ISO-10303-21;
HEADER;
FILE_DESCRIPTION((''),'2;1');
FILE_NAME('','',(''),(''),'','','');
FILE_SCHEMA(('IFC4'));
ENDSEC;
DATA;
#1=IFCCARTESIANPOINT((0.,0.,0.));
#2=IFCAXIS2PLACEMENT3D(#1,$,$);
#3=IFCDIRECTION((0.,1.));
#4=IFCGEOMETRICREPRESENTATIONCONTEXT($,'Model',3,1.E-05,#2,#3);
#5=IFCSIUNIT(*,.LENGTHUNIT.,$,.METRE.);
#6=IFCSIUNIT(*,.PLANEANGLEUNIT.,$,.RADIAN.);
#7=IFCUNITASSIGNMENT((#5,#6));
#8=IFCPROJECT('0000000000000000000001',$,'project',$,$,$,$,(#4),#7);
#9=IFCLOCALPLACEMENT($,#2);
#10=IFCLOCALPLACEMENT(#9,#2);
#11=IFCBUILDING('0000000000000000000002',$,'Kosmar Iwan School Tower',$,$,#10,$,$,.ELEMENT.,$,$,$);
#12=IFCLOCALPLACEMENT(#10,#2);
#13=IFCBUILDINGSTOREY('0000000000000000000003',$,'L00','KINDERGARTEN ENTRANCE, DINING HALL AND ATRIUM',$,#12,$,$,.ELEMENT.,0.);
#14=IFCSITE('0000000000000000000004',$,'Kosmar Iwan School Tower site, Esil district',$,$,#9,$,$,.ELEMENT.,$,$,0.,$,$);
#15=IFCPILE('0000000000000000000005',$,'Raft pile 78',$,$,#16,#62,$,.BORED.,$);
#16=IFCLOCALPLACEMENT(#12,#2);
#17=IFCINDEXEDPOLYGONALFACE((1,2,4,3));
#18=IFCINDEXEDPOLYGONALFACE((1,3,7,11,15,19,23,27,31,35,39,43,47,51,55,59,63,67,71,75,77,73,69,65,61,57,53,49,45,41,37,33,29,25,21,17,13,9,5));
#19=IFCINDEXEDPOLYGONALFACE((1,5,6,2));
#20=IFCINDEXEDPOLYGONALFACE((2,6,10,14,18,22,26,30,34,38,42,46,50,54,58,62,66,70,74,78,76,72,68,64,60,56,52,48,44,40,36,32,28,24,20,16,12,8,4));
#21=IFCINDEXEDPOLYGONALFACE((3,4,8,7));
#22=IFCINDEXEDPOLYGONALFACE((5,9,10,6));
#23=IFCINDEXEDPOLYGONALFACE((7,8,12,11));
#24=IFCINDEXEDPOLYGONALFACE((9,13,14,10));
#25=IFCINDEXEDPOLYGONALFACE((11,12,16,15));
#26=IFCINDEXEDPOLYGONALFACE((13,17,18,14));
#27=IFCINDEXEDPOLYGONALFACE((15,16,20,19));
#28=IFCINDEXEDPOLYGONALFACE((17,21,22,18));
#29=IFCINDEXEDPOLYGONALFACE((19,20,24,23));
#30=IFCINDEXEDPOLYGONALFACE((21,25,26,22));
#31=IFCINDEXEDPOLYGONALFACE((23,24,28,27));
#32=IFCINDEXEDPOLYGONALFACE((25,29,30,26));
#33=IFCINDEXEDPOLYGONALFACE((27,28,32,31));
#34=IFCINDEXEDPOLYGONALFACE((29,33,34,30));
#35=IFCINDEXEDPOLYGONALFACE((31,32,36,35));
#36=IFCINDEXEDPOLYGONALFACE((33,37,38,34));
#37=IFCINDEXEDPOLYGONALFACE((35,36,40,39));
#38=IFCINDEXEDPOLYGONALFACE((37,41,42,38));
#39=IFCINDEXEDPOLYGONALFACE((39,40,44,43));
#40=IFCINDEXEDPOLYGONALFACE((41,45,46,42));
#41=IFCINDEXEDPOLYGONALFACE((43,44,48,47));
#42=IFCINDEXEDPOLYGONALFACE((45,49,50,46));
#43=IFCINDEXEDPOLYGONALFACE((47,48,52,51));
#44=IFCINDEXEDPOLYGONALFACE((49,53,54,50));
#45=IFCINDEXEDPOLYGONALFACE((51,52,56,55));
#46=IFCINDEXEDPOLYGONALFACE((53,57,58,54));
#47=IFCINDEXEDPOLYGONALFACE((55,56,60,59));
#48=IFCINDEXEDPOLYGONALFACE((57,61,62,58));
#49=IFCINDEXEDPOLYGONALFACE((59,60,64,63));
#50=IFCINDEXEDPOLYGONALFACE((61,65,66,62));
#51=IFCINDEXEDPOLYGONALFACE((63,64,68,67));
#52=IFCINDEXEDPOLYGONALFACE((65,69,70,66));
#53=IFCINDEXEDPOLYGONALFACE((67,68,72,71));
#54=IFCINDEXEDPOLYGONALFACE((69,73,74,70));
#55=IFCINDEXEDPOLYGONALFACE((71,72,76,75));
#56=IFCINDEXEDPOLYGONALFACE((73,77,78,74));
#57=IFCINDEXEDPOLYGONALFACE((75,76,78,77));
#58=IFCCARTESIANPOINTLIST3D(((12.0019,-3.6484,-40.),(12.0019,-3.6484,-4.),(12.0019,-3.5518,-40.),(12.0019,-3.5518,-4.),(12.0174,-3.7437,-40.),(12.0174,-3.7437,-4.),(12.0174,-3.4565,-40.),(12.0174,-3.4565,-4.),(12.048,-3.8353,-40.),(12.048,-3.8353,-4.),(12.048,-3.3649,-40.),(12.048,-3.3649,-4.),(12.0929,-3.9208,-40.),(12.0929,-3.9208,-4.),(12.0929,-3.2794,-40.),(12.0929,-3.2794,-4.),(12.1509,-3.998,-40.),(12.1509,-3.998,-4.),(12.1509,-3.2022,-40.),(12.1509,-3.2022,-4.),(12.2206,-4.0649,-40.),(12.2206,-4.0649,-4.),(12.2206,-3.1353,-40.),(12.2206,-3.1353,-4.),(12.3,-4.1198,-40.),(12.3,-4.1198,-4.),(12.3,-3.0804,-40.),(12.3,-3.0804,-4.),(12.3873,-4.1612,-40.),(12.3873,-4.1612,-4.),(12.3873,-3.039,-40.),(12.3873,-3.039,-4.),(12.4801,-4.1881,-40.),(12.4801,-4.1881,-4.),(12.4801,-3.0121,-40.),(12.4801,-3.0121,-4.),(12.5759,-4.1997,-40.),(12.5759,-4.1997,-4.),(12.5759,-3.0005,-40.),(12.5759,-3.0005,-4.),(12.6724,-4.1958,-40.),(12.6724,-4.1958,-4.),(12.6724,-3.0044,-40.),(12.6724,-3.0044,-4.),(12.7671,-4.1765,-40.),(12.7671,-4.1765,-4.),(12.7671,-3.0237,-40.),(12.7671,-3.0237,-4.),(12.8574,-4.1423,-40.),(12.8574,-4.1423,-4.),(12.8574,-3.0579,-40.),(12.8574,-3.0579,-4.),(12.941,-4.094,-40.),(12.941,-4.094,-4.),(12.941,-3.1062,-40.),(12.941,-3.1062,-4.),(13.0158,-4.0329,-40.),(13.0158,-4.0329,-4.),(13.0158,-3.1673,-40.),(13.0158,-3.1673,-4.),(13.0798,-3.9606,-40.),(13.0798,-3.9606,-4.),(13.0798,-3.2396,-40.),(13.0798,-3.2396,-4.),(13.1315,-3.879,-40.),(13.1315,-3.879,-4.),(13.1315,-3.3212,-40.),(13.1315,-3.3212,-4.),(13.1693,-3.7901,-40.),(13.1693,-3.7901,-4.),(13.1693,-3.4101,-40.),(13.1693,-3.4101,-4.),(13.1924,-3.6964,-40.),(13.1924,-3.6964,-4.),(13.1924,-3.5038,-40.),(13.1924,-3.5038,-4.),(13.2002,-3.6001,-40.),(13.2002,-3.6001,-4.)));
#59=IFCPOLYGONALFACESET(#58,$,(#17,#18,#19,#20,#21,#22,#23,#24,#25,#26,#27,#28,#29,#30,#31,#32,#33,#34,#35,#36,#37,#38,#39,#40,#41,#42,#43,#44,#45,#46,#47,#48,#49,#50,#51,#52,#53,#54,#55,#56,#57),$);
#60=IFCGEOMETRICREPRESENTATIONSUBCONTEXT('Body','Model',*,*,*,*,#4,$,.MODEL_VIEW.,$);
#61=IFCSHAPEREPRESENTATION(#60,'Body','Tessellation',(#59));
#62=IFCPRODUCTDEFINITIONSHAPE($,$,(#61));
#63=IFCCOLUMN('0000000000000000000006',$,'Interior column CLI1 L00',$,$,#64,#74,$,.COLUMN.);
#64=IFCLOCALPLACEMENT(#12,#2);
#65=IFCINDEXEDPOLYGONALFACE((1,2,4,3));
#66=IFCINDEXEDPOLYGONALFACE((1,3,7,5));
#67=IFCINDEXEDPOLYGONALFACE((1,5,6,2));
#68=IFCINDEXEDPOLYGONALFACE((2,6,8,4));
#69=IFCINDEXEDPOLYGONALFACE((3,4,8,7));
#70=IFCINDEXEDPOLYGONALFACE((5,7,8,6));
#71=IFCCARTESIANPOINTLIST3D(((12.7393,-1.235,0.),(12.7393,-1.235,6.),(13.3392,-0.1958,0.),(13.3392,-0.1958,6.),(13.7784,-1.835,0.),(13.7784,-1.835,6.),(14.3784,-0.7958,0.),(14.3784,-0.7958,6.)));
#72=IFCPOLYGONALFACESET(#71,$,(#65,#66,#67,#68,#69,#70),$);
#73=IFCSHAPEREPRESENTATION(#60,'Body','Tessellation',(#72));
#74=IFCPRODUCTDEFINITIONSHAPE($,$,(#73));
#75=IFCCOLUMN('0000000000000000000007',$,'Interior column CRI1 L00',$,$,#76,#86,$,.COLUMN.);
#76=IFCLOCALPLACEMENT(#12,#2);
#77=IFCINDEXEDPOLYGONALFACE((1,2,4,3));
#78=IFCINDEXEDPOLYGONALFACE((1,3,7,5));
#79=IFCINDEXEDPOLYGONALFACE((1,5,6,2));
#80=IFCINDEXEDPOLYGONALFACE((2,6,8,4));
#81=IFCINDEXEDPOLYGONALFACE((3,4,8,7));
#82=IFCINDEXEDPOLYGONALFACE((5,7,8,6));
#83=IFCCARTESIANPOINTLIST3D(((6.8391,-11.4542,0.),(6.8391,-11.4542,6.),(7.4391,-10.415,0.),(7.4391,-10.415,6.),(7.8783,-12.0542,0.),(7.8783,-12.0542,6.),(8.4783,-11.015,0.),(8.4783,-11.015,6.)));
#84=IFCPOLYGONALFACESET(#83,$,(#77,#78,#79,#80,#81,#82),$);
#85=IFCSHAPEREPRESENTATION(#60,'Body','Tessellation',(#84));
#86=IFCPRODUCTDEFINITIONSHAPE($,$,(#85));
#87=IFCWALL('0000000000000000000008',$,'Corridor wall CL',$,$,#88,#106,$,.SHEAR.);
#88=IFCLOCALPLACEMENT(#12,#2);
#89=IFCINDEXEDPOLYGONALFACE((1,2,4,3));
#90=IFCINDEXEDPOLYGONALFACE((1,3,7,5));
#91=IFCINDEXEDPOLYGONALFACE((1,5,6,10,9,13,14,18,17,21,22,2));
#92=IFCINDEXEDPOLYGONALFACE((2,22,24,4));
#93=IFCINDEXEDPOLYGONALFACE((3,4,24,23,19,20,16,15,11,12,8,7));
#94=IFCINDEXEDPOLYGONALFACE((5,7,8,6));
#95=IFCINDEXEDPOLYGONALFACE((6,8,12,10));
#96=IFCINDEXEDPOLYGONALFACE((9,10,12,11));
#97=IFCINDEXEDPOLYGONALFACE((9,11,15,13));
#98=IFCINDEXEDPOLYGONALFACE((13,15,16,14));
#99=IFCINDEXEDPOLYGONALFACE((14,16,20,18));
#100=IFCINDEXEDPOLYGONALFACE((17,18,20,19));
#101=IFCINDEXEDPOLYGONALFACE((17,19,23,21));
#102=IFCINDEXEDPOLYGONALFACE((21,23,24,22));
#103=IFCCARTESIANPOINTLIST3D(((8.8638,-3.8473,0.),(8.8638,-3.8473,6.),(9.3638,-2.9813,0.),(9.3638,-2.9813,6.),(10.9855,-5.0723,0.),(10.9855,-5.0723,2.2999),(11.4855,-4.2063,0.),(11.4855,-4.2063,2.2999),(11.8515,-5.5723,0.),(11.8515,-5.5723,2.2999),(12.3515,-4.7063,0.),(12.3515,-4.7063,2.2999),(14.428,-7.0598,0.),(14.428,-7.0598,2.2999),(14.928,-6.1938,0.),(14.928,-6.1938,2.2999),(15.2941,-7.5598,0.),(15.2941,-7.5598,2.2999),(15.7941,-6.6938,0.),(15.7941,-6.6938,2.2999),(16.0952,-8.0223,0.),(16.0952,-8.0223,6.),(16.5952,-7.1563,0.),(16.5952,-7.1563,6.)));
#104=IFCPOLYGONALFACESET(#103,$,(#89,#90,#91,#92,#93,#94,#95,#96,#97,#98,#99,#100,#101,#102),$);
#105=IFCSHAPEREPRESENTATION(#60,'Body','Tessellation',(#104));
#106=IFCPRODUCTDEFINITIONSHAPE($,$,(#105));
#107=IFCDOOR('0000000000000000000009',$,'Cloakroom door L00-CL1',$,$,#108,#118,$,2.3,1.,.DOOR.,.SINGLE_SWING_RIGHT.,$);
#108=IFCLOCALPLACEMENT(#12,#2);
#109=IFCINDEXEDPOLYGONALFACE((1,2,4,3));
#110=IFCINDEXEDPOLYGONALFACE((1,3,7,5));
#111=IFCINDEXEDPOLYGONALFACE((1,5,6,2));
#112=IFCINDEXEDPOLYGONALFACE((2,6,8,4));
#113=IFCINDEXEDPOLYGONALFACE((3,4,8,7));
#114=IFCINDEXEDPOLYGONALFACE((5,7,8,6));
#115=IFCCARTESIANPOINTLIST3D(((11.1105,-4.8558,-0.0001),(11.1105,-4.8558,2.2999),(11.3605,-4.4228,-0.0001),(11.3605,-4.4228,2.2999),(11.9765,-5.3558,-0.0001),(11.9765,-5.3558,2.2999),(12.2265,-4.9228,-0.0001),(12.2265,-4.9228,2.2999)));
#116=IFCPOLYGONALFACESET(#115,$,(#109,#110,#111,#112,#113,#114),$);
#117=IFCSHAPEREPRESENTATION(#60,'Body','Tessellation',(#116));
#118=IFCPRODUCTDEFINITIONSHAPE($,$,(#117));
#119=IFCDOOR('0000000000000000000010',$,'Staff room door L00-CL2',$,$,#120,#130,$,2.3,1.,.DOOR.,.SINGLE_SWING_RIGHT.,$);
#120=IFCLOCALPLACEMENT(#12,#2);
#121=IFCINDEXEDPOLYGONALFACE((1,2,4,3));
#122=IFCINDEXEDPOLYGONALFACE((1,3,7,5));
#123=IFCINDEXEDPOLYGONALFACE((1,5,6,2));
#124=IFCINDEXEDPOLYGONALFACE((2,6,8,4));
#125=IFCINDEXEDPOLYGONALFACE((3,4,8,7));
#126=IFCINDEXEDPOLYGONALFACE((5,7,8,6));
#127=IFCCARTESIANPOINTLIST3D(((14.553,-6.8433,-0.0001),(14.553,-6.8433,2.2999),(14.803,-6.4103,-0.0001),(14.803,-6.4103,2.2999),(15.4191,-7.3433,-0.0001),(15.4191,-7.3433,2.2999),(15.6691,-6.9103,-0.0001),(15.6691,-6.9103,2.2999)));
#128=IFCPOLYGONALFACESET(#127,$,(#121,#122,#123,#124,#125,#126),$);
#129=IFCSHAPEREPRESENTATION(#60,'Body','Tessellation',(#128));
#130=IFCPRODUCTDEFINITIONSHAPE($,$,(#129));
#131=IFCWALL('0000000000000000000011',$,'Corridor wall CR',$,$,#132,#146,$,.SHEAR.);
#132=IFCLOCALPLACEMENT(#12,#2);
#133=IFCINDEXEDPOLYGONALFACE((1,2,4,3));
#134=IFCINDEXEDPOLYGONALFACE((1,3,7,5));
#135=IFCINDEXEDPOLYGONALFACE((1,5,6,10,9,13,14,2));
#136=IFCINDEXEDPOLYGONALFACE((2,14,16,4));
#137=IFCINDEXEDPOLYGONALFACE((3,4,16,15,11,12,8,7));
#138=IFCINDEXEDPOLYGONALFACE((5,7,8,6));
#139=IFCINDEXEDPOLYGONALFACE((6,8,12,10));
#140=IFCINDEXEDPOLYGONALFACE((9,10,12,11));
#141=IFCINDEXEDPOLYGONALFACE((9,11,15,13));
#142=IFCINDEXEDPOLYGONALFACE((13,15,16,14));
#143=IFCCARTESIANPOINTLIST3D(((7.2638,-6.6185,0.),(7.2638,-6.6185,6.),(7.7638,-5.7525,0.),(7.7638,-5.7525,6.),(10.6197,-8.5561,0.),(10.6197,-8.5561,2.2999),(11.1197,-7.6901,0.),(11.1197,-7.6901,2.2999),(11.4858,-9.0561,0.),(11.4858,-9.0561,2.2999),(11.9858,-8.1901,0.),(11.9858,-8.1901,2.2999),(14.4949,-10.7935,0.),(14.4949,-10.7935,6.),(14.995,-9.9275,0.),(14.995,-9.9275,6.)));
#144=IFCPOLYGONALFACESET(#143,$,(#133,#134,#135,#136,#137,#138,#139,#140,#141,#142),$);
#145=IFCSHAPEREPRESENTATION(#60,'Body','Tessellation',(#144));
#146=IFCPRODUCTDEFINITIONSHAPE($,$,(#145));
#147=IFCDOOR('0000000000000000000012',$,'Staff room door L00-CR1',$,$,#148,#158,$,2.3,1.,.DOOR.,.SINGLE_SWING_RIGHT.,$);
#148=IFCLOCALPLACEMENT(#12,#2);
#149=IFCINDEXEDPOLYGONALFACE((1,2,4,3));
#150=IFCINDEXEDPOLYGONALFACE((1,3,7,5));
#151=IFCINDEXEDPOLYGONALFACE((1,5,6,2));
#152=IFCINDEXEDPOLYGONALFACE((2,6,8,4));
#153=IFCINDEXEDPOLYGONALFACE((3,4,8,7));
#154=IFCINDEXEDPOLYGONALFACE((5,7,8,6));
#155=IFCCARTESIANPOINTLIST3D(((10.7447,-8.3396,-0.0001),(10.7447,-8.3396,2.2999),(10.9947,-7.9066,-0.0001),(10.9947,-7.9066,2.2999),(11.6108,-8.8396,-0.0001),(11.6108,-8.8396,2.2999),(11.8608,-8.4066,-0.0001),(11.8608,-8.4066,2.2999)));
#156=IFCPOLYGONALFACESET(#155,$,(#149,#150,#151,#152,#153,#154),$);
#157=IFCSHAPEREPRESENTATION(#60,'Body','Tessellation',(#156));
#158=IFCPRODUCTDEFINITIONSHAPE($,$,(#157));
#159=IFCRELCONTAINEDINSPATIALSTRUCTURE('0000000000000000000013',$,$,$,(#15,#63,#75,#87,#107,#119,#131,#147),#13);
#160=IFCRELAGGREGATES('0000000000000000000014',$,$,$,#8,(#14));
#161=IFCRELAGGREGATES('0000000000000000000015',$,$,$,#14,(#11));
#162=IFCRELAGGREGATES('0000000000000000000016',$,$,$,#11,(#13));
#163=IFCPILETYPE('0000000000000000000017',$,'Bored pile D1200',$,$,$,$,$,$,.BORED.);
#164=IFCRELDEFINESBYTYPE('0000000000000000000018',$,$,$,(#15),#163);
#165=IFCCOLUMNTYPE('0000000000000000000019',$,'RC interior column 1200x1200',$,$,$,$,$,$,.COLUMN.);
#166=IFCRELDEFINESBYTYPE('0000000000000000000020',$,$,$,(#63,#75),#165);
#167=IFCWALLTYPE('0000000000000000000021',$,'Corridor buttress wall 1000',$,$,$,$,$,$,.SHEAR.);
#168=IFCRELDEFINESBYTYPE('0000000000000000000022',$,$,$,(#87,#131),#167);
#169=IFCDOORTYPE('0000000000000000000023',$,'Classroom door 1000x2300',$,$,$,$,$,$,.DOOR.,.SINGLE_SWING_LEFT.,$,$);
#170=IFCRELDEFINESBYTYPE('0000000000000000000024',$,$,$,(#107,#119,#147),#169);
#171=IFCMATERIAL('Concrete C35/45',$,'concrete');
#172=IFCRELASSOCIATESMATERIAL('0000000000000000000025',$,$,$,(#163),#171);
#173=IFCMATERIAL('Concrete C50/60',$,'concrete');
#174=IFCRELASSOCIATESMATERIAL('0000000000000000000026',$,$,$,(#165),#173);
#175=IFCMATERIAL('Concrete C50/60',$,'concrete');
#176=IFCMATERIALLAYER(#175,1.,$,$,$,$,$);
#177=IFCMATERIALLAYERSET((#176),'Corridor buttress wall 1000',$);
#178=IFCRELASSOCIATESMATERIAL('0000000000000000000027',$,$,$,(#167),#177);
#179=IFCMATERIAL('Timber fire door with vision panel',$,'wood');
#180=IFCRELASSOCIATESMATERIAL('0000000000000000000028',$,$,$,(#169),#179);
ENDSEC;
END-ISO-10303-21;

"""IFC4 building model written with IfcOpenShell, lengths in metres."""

from ifc_helpers import new_model, si_unit, direction, frame, frame_2d, origin, origin_2d, place, context, subcontext, project, spatial, rectangle, circle, extrude, material, layer, layer_set, material_profile, profile_set, type_object, element, fill, save


model = new_model("IFC4")

# Units and contexts
model_context = context("Model", 3, precision=1e-05, world=origin(), true_north=direction((0.0, 1.0)))
body_context = subcontext(model_context, "Body", "Model", "MODEL_VIEW")
ifc_project = project(units=[si_unit("LENGTHUNIT", "METRE"), si_unit("PLANEANGLEUNIT", "RADIAN")], contexts=[model_context])

# Site, building, storey
site_placement = place(None, origin())
site = spatial("IfcSite", under=ifc_project, at=site_placement, Name="Kosmar Iwan School Tower site, Esil district", CompositionType="ELEMENT", RefElevation=0.0)
building_placement = place(site_placement, origin())
building = spatial("IfcBuilding", under=site, at=building_placement, Name="Kosmar Iwan School Tower", CompositionType="ELEMENT")
storey_placement = place(building_placement, origin())
storey = spatial("IfcBuildingStorey", under=building, at=storey_placement, Name="L00", Description="KINDERGARTEN ENTRANCE, DINING HALL AND ATRIUM", CompositionType="ELEMENT", Elevation=0.0)

# Pile
ifc_material_1 = material(Name="Concrete C35/45", Category="concrete")
ifc_material_profile_1 = material_profile(ifc_material_1, circle(Radius=0.6001, at=origin_2d()), Name="D1200")
ifc_profile_set_1 = profile_set([ifc_material_profile_1], Name="Concrete C35/45")
pile_type = type_object("IfcPileType", Name="Bored pile D1200", PredefinedType="BORED", material=ifc_profile_set_1)
for number, where, z_axis, x_axis, name in (
    (1, (12.6001, -3.6001, -4.0), (0.0, 0.0, -1.0), (1.0, 0.0, 0.0), "Raft pile 78"),
):
    element("IfcPile", number, at=place(storey_placement, frame(where, z_axis=z_axis, x_axis=x_axis)), inside=storey, type_object=pile_type, Name=name, PredefinedType="BORED", context=body_context, shape_type="SweptSolid", body=[
        extrude(circle(Radius=0.6001, at=origin_2d()), origin(), (0.0, 0.0, 1.0), 36.0),
    ])

# Columns
ifc_material_2 = material(Name="Concrete C50/60", Category="concrete")
ifc_material_profile_2 = material_profile(ifc_material_2, rectangle(XDim=1.2, YDim=1.2, at=origin_2d()), Name="RC 1200x1200")
ifc_profile_set_2 = profile_set([ifc_material_profile_2], Name="Concrete C50/60")
column_type = type_object("IfcColumnType", Name="RC interior column 1200x1200", PredefinedType="COLUMN", material=ifc_profile_set_2)
for number, where, z_axis, x_axis, name in (
    (2, (13.5588, -1.0154, 0.0), (0.0, 0.0, 1.0), (0.866025, -0.5, 0.0), "Interior column CLI1 L00"),
    (3, (7.6587, -11.2346, 0.0), (0.0, 0.0, 1.0), (0.866025, -0.5, 0.0), "Interior column CRI1 L00"),
):
    element("IfcColumn", number, at=place(storey_placement, frame(where, z_axis=z_axis, x_axis=x_axis)), inside=storey, type_object=column_type, Name=name, PredefinedType="COLUMN", context=body_context, shape_type="SweptSolid", body=[
        extrude(rectangle(XDim=1.2, YDim=1.2, at=origin_2d()), origin(), (0.0, 0.0, 1.0), 6.0),
    ])

# Wall, openings, doors
ifc_material_3 = material(Name="Concrete C50/60", Category="concrete")
ifc_layer_1 = layer(ifc_material_3, 1.0)
ifc_layer_set_1 = layer_set([ifc_layer_1], Name="Corridor buttress wall 1000")
wall_type_1 = type_object("IfcWallType", Name="Corridor buttress wall 1000", PredefinedType="SHEAR", material=ifc_layer_set_1)
wall_1_placement = place(storey_placement, frame((9.1138, -3.4143, 0.0), z_axis=(0.0, 0.0, 1.0), x_axis=(0.866027, -0.499997, 0.0)))
wall_1 = element("IfcWall", 4, at=wall_1_placement, inside=storey, type_object=wall_type_1, Name="Corridor wall CL", PredefinedType="SHEAR", context=body_context, shape_type="SweptSolid", body=[
    extrude(rectangle(XDim=8.3501, YDim=1.0, at=frame_2d((4.175, 0.0))), origin(), (0.0, 0.0, 1.0), 6.0),
])
opening_1_placement = place(wall_1_placement, frame((2.45, 0.0, 0.0)))
opening_1 = element("IfcOpeningElement", 5, at=opening_1_placement, cuts=wall_1, PredefinedType="OPENING", context=body_context, shape_type="SweptSolid", body=[
    extrude(rectangle(XDim=1.0, YDim=2.3, at=frame_2d((0.5, 1.1499))), frame((0.0, 0.512, 0.0), z_axis=(0.0, -1.0, 0.0), x_axis=(1.0, 0.0, 0.0)), (0.0, 0.0, 1.0), 1.0239),
])
opening_2_placement = place(wall_1_placement, frame((6.425, 0.0, 0.0)))
opening_2 = element("IfcOpeningElement", 6, at=opening_2_placement, cuts=wall_1, PredefinedType="OPENING", context=body_context, shape_type="SweptSolid", body=[
    extrude(rectangle(XDim=1.0, YDim=2.3, at=frame_2d((0.5, 1.1499))), frame((0.0, 0.512, 0.0), z_axis=(0.0, -1.0, 0.0), x_axis=(1.0, 0.0, 0.0)), (0.0, 0.0, 1.0), 1.0239),
])
ifc_material_4 = material(Name="Timber fire door with vision panel", Category="wood")
door_type_1 = type_object("IfcDoorType", Name="Classroom door 1000x2300", OperationType="SINGLE_SWING_LEFT", PredefinedType="DOOR", material=ifc_material_4)
door_1_placement = place(opening_1_placement, origin())
door_1 = element("IfcDoor", 7, at=door_1_placement, inside=storey, type_object=door_type_1, Name="Cloakroom door L00-CL1", OperationType="SINGLE_SWING_RIGHT", OverallHeight=2.3, OverallWidth=1.0, PredefinedType="DOOR", context=body_context, shape_type="SweptSolid", body=[
    extrude(rectangle(XDim=1.0, YDim=2.3, at=frame_2d((0.5, 1.1499))), frame((0.0, 0.25, 0.0), z_axis=(0.0, -1.0, 0.0), x_axis=(1.0, 0.0, 0.0)), (0.0, 0.0, 1.0), 0.5),
])
fill(opening_1, door_1)
door_2_placement = place(opening_2_placement, origin())
door_2 = element("IfcDoor", 8, at=door_2_placement, inside=storey, type_object=door_type_1, Name="Staff room door L00-CL2", OperationType="SINGLE_SWING_RIGHT", OverallHeight=2.3, OverallWidth=1.0, PredefinedType="DOOR", context=body_context, shape_type="SweptSolid", body=[
    extrude(rectangle(XDim=1.0, YDim=2.3, at=frame_2d((0.5, 1.1499))), frame((0.0, 0.25, 0.0), z_axis=(0.0, -1.0, 0.0), x_axis=(1.0, 0.0, 0.0)), (0.0, 0.0, 1.0), 0.5),
])
fill(opening_2, door_2)

# Wall, opening, door
wall_2_placement = place(storey_placement, frame((7.5139, -6.1855, 0.0), z_axis=(0.0, 0.0, 1.0), x_axis=(0.86602, -0.50001, 0.0)))
wall_2 = element("IfcWall", 9, at=wall_2_placement, inside=storey, type_object=wall_type_1, Name="Corridor wall CR", PredefinedType="SHEAR", context=body_context, shape_type="SweptSolid", body=[
    extrude(rectangle(XDim=8.3499, YDim=1.0, at=frame_2d((4.1748, 0.0))), origin(), (0.0, 0.0, 1.0), 6.0),
])
opening_3_placement = place(wall_2_placement, frame((3.875, 0.0, 0.0)))
opening_3 = element("IfcOpeningElement", 10, at=opening_3_placement, cuts=wall_2, PredefinedType="OPENING", context=body_context, shape_type="SweptSolid", body=[
    extrude(rectangle(XDim=1.0, YDim=2.3, at=frame_2d((0.5, 1.1499))), frame((0.0, 0.512, 0.0), z_axis=(0.0, -1.0, 0.0), x_axis=(1.0, 0.0, 0.0)), (0.0, 0.0, 1.0), 1.0239),
])
door_3_placement = place(opening_3_placement, origin())
door_3 = element("IfcDoor", 11, at=door_3_placement, inside=storey, type_object=door_type_1, Name="Staff room door L00-CR1", OperationType="SINGLE_SWING_RIGHT", OverallHeight=2.3, OverallWidth=1.0, PredefinedType="DOOR", context=body_context, shape_type="SweptSolid", body=[
    extrude(rectangle(XDim=1.0, YDim=2.3, at=frame_2d((0.5, 1.1499))), frame((0.0, 0.25, 0.0), z_axis=(0.0, -1.0, 0.0), x_axis=(1.0, 0.0, 0.0)), (0.0, 0.0, 1.0), 0.5),
])
fill(opening_3, door_3)

save(model, "model.ifc")
